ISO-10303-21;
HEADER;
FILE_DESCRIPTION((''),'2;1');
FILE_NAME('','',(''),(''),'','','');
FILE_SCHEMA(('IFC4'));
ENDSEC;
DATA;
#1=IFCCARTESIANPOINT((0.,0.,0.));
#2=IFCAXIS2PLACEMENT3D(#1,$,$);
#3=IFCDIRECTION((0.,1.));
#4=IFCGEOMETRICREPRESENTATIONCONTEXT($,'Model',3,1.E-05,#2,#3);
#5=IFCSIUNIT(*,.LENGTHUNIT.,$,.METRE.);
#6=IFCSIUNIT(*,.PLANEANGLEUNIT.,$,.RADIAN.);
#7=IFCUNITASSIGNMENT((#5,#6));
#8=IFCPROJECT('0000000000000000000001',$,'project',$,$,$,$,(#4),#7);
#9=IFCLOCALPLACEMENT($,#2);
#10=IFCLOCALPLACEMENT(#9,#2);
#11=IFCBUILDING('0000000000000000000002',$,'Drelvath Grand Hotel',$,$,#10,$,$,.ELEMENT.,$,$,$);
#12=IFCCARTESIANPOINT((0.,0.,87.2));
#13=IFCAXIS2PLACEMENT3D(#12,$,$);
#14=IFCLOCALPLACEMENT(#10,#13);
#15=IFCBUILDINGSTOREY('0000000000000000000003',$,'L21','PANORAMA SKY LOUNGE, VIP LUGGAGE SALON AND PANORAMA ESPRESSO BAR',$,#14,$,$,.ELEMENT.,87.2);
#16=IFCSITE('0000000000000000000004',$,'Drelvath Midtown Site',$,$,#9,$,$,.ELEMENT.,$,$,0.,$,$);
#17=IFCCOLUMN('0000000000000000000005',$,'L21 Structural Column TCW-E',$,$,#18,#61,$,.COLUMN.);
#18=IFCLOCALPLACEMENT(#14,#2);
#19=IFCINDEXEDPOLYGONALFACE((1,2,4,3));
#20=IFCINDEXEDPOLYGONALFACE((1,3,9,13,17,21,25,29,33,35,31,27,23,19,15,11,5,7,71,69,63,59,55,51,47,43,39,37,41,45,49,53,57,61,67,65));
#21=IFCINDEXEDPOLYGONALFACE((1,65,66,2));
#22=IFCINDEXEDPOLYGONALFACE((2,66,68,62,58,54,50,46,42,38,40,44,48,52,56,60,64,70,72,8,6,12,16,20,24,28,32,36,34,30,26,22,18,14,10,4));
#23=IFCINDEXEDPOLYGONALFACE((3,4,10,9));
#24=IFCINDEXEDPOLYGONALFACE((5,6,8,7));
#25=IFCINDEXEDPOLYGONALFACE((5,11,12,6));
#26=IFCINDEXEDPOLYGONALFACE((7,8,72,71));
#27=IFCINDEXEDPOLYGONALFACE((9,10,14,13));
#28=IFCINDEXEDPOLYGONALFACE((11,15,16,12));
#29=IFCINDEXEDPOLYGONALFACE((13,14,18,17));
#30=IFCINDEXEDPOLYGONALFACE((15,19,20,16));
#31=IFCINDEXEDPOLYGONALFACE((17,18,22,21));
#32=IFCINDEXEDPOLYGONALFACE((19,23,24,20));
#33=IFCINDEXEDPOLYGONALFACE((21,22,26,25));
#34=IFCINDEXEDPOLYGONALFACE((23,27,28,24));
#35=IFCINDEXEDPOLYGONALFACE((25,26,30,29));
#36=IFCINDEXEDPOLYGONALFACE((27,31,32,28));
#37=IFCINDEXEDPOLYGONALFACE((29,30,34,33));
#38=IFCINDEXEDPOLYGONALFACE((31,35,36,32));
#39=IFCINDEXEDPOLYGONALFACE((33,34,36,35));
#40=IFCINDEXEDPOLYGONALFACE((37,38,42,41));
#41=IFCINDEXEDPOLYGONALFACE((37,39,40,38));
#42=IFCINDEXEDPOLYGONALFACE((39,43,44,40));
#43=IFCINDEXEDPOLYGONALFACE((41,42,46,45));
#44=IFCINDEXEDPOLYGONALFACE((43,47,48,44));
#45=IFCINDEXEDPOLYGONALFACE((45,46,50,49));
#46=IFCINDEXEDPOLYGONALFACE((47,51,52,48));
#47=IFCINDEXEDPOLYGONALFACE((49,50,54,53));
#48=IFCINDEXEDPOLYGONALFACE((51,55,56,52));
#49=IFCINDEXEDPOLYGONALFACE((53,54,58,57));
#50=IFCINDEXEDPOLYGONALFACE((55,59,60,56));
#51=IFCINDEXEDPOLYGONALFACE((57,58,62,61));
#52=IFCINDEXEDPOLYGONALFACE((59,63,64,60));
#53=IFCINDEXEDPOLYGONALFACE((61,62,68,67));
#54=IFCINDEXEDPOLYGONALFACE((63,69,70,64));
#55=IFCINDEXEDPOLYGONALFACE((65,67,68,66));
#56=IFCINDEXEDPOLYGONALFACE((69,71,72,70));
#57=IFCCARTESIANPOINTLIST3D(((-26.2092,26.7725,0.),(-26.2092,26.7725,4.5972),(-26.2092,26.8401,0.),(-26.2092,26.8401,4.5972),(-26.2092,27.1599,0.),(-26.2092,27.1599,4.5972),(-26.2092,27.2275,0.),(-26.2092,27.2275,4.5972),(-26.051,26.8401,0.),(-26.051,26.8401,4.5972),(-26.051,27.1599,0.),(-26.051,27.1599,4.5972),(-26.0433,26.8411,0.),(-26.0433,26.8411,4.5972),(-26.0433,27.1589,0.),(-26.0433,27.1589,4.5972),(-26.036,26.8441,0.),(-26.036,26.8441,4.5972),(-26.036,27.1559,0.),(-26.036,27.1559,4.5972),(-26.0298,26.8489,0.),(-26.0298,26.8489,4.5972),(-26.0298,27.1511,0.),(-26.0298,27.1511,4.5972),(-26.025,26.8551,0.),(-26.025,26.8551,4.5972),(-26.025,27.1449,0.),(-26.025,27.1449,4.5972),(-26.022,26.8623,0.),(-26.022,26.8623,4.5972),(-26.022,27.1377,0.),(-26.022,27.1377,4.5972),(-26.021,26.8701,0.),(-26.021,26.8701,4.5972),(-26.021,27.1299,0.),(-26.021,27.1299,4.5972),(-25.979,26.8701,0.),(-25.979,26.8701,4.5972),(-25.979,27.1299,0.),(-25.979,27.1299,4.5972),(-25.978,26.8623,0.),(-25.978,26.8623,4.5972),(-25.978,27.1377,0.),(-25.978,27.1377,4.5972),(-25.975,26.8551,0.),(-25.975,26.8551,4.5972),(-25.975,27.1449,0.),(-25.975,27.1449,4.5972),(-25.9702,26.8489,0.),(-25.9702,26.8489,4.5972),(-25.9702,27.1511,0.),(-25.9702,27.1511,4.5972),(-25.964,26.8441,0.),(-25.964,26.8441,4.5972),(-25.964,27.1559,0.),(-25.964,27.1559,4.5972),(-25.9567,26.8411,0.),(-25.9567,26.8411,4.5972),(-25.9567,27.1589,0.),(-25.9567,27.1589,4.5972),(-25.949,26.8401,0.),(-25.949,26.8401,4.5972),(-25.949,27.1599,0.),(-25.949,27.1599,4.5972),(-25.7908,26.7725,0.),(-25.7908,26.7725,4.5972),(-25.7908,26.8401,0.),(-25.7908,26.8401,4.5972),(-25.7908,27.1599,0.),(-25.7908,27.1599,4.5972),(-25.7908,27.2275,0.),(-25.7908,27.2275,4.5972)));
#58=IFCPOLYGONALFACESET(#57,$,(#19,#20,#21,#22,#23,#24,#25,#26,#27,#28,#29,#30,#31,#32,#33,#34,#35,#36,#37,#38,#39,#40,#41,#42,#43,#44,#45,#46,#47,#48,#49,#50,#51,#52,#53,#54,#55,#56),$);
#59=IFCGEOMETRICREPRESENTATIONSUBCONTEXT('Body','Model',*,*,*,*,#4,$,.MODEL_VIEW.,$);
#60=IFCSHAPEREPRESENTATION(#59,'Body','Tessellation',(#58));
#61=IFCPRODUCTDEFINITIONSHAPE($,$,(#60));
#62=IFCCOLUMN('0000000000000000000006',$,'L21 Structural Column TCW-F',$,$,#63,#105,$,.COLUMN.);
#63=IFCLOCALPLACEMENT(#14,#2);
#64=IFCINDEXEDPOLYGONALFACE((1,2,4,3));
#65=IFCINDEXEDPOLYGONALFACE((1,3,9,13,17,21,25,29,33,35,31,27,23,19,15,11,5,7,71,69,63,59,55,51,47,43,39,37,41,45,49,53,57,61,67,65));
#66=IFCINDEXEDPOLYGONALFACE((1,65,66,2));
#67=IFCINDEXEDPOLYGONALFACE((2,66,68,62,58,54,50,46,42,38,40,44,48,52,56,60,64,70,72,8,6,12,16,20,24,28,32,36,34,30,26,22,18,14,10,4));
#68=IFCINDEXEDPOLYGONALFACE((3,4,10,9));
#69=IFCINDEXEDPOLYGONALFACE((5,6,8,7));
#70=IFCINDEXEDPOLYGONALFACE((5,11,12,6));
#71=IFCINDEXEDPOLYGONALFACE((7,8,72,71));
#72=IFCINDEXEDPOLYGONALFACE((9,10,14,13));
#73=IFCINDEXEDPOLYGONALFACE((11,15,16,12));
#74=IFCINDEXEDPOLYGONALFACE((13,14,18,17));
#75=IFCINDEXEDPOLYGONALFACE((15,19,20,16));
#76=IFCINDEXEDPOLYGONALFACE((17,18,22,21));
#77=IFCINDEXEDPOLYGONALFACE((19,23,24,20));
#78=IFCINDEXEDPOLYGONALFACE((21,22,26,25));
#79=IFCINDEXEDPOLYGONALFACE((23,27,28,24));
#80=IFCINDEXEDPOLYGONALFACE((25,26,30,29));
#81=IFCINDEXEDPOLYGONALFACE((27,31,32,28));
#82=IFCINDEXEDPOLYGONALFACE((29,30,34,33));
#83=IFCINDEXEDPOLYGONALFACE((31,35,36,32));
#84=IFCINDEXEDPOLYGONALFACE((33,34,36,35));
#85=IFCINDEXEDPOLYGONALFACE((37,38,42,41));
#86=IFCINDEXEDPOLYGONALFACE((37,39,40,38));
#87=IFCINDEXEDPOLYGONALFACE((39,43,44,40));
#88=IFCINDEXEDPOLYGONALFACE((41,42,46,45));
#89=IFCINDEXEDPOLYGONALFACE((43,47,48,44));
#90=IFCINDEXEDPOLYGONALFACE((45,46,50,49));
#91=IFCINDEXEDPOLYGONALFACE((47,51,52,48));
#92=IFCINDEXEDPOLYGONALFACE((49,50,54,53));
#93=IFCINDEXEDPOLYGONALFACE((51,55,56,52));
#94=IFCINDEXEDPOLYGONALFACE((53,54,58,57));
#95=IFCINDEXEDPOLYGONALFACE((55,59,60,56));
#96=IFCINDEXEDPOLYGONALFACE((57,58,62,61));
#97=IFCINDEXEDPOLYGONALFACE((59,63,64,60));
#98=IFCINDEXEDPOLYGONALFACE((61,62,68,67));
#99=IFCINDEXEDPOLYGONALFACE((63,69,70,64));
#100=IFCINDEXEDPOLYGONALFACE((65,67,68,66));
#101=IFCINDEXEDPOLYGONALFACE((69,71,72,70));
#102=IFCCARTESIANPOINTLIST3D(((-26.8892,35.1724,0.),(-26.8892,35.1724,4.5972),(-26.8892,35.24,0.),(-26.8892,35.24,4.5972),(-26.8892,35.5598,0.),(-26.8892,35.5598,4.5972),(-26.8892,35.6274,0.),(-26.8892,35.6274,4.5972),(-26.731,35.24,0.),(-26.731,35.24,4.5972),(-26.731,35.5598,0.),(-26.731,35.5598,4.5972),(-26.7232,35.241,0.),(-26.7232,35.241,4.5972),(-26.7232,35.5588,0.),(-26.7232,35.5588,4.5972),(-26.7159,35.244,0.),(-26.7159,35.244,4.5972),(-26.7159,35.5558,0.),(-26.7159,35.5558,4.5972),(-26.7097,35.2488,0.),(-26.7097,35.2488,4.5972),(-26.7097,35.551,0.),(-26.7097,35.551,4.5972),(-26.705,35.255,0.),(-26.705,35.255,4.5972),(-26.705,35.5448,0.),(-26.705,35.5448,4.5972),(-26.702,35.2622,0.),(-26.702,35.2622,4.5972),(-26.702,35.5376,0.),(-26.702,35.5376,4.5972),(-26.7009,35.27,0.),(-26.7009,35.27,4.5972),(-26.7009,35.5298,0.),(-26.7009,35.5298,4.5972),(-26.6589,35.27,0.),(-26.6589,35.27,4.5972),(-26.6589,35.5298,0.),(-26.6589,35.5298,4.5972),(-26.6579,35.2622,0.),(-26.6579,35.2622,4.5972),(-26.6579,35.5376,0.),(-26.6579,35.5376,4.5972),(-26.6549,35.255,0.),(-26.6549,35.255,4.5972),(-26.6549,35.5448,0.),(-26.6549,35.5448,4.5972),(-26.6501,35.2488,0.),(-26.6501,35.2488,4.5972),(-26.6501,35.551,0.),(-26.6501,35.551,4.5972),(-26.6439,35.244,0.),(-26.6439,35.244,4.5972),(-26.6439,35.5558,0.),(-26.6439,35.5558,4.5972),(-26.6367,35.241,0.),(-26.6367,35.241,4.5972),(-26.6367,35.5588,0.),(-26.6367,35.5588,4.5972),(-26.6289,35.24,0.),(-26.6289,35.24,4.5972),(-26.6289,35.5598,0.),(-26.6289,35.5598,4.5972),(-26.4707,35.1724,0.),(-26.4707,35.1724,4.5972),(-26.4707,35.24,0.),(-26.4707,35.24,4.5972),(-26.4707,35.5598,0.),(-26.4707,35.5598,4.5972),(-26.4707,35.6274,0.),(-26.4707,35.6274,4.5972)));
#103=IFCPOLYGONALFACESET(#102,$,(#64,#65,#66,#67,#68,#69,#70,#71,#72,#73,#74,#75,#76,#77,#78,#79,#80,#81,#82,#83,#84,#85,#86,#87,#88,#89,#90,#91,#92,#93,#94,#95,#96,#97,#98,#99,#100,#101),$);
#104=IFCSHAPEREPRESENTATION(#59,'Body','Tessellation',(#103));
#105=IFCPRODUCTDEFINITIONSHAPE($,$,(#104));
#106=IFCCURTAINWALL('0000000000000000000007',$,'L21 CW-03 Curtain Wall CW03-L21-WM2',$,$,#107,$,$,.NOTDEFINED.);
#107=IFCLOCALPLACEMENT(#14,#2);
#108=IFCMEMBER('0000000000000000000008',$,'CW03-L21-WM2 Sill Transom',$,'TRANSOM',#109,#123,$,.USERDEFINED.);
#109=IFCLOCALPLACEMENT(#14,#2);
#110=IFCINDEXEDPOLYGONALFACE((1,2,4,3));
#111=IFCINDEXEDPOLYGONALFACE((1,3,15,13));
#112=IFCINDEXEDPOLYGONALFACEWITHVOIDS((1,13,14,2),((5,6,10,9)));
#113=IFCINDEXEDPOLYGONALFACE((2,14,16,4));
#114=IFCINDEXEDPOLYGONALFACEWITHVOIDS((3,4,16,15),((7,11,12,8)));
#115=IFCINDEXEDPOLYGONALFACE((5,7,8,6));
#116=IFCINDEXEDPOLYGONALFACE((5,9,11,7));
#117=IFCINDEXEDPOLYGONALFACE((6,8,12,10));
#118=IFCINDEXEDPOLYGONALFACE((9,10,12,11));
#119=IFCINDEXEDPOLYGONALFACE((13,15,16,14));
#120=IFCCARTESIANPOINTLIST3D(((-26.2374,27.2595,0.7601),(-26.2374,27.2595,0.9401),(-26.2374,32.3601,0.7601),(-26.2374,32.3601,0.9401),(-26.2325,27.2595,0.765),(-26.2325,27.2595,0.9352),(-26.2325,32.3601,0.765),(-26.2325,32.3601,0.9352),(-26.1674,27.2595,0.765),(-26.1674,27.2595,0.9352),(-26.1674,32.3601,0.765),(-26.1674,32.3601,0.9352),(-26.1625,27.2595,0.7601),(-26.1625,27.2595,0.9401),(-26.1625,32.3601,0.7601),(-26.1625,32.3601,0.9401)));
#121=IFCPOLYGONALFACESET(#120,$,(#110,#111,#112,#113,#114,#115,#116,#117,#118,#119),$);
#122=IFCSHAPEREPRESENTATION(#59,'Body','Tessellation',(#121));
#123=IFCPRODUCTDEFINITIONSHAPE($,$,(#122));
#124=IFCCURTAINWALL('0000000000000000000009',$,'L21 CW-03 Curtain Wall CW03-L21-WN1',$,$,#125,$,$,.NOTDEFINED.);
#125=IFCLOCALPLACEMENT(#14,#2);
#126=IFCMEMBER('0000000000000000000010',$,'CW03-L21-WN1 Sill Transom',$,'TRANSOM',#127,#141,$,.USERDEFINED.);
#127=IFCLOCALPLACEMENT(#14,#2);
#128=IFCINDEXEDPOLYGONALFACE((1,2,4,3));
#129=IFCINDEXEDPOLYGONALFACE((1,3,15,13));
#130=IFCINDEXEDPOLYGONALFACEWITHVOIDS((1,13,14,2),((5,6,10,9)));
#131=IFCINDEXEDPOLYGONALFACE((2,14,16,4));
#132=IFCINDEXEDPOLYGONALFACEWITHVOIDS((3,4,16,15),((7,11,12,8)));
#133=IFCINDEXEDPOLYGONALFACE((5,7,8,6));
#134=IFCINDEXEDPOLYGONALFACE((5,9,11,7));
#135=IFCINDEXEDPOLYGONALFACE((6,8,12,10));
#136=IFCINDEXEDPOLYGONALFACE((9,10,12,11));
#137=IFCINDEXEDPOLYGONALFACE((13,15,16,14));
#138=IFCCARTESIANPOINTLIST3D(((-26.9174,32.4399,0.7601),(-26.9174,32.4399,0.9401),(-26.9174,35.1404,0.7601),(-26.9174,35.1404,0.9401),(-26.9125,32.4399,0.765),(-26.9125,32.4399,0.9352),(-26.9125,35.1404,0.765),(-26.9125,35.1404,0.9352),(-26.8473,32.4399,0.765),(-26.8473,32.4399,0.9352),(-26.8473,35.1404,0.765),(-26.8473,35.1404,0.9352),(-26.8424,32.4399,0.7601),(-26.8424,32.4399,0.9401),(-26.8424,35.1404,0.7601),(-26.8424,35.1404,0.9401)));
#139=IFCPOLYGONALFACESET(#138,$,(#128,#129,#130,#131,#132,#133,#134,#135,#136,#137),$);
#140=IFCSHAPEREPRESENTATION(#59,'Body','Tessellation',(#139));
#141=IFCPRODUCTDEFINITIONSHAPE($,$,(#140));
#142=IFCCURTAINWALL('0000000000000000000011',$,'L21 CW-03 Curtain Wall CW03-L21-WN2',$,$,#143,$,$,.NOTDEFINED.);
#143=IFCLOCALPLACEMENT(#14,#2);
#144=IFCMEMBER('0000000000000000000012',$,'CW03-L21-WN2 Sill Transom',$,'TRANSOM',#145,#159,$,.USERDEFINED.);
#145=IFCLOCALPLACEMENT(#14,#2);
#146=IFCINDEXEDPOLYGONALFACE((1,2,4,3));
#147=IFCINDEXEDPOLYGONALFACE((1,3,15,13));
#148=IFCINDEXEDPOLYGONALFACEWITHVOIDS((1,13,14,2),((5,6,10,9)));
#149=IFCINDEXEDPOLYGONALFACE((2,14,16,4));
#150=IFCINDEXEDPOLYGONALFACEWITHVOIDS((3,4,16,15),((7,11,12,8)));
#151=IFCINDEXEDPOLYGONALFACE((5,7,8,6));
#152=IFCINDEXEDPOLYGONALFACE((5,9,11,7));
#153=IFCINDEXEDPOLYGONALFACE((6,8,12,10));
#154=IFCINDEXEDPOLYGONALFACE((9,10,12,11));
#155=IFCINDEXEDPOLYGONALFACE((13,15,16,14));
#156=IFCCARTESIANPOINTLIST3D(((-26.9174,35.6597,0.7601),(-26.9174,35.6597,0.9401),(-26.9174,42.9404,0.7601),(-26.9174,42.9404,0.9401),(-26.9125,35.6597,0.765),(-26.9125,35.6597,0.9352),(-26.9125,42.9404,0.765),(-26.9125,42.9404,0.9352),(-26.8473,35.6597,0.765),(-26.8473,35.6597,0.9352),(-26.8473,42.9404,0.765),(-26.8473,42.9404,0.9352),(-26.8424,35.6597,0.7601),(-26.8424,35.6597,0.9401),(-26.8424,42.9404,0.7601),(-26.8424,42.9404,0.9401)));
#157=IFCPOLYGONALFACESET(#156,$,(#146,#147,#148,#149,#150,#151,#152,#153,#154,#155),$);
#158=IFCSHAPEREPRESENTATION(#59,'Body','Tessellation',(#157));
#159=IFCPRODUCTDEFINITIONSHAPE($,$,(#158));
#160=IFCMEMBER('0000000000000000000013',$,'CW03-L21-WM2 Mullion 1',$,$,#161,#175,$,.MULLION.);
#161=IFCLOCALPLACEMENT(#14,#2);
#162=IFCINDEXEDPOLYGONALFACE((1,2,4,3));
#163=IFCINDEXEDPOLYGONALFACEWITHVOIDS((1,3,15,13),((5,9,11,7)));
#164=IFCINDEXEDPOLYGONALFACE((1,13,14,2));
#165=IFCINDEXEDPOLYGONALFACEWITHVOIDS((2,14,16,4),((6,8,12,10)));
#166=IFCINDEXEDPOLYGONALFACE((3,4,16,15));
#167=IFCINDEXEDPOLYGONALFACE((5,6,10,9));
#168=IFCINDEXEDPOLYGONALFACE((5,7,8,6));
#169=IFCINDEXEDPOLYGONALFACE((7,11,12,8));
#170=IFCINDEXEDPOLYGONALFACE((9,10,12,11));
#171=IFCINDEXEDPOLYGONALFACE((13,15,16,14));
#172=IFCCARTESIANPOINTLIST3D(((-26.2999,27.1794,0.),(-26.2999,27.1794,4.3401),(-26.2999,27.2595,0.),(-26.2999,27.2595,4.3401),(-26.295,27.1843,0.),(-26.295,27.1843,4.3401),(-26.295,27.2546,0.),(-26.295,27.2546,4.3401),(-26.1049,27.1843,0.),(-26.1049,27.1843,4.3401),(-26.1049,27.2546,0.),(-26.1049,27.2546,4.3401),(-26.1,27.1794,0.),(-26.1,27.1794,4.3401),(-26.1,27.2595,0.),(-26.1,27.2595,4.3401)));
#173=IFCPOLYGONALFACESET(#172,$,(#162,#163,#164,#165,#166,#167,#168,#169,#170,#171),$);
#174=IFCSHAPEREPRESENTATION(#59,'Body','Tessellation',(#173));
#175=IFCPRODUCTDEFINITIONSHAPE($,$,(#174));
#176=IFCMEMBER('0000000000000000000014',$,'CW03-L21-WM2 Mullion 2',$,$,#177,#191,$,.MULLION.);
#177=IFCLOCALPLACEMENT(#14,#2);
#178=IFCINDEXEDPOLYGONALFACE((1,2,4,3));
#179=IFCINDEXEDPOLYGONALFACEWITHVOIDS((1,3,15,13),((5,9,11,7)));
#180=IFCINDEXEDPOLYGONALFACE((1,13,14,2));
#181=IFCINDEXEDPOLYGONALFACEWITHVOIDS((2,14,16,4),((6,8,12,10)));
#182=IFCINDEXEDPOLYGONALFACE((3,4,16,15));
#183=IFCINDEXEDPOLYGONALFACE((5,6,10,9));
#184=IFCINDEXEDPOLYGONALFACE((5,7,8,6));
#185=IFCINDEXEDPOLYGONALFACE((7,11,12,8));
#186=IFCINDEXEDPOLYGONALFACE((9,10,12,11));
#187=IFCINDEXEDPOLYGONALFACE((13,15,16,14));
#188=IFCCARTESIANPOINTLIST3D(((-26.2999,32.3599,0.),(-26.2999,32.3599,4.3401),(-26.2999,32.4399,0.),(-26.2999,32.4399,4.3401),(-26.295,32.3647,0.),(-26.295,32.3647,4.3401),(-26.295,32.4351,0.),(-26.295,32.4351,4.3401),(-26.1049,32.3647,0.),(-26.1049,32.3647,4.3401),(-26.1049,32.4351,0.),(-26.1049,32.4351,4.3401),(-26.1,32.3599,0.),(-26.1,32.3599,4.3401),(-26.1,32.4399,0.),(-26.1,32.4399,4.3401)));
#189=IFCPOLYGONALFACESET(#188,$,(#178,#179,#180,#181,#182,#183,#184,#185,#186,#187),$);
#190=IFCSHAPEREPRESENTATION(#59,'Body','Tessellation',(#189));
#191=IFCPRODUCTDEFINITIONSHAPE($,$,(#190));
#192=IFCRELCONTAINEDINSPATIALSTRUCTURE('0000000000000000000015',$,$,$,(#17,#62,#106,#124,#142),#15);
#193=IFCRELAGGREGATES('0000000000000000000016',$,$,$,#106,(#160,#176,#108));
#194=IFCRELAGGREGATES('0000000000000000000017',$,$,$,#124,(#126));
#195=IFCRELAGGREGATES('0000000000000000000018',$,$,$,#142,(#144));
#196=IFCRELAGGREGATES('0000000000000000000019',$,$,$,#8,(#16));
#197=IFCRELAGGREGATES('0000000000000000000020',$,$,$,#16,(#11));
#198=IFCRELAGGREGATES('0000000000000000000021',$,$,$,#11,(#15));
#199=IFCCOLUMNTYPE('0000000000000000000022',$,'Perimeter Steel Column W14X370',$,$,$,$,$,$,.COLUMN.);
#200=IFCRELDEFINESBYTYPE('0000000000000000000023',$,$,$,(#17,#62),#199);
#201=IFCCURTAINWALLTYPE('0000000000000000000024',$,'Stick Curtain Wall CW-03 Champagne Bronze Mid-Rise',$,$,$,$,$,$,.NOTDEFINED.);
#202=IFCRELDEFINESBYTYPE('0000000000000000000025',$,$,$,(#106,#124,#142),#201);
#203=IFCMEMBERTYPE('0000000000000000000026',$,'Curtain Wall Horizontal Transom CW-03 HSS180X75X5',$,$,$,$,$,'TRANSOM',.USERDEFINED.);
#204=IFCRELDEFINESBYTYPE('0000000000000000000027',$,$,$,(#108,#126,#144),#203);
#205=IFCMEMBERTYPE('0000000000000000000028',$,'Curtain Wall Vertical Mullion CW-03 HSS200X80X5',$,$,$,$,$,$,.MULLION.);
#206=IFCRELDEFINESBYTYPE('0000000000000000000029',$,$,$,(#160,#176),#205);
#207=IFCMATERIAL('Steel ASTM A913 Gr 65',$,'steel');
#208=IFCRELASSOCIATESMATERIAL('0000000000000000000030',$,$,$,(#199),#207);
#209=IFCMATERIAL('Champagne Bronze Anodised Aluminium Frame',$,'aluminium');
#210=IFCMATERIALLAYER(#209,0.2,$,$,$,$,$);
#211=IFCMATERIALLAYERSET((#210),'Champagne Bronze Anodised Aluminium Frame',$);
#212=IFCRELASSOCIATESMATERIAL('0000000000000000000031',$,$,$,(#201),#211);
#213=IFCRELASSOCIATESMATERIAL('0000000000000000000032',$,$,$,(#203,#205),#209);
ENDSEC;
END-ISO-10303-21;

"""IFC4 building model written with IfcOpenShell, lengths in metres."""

from ifc_helpers import new_model, si_unit, direction, frame, origin, origin_2d, place, context, subcontext, project, spatial, hollow_rectangle, i_section, extrude, material, layer, layer_set, material_profile, profile_set, type_object, element, aggregate, save


model = new_model("IFC4")

# Units and contexts
model_context = context("Model", 3, precision=1e-05, world=origin(), true_north=direction((0.0, 1.0)))
body_context = subcontext(model_context, "Body", "Model", "MODEL_VIEW")
ifc_project = project(units=[si_unit("LENGTHUNIT", "METRE"), si_unit("PLANEANGLEUNIT", "RADIAN")], contexts=[model_context])

# Site, building, storey
site_placement = place(None, origin())
site = spatial("IfcSite", under=ifc_project, at=site_placement, Name="Drelvath Midtown Site", CompositionType="ELEMENT", RefElevation=0.0)
building_placement = place(site_placement, origin())
building = spatial("IfcBuilding", under=site, at=building_placement, Name="Drelvath Grand Hotel", CompositionType="ELEMENT")
storey_placement = place(building_placement, frame((0.0, 0.0, 87.2)))
storey = spatial("IfcBuildingStorey", under=building, at=storey_placement, Name="L21", Description="PANORAMA SKY LOUNGE, VIP LUGGAGE SALON AND PANORAMA ESPRESSO BAR", CompositionType="ELEMENT", Elevation=87.2)

# Columns
ifc_material_1 = material(Name="Steel ASTM A913 Gr 65", Category="steel")
ifc_material_profile_1 = material_profile(ifc_material_1, i_section(OverallWidth=0.4185, OverallDepth=0.4551, WebThickness=0.042, FlangeThickness=0.0676, FilletRadius=0.03, at=origin_2d()), Name="W14X370")
ifc_profile_set_1 = profile_set([ifc_material_profile_1], Name="Steel ASTM A913 Gr 65")
column_type = type_object("IfcColumnType", Name="Perimeter Steel Column W14X370", PredefinedType="COLUMN", material=ifc_profile_set_1)
for number, where, z_axis, x_axis, name in (
    (1, (-26.0, 27.0, 0.0), (0.0, 0.0, 1.0), (1.0, 0.0, 0.0), "L21 Structural Column TCW-E"),
    (2, (-26.6799, 35.3999, 0.0), (0.0, 0.0, 1.0), (1.0, 0.0, 0.0), "L21 Structural Column TCW-F"),
):
    element("IfcColumn", number, at=place(storey_placement, frame(where, z_axis=z_axis, x_axis=x_axis)), inside=storey, type_object=column_type, Name=name, PredefinedType="COLUMN", context=body_context, shape_type="SweptSolid", body=[
        extrude(i_section(OverallWidth=0.4185, OverallDepth=0.4551, WebThickness=0.042, FlangeThickness=0.0676, FilletRadius=0.03, at=origin_2d()), origin(), (0.0, 0.0, 1.0), 4.5972),
    ])

# Curtain walls, members
ifc_material_2 = material(Name="Champagne Bronze Anodised Aluminium Frame", Category="aluminium")
ifc_layer_1 = layer(ifc_material_2, 0.2)
ifc_layer_set_1 = layer_set([ifc_layer_1], Name="Champagne Bronze Anodised Aluminium Frame")
curtain_wall_type = type_object("IfcCurtainWallType", Name="Stick Curtain Wall CW-03 Champagne Bronze Mid-Rise", PredefinedType="NOTDEFINED", material=ifc_layer_set_1)
curtain_wall_1_placement = place(storey_placement, origin())
curtain_wall_1 = element("IfcCurtainWall", 3, at=curtain_wall_1_placement, inside=storey, type_object=curtain_wall_type, Name="L21 CW-03 Curtain Wall CW03-L21-WM2", PredefinedType="NOTDEFINED")
ifc_material_profile_2 = material_profile(ifc_material_2, hollow_rectangle(XDim=0.075, YDim=0.1799, WallThickness=0.0049, at=origin_2d()), Name="HSS180X75X5")
ifc_profile_set_2 = profile_set([ifc_material_profile_2], Name="Champagne Bronze Anodised Aluminium Frame")
member_type_1 = type_object("IfcMemberType", Name="Curtain Wall Horizontal Transom CW-03 HSS180X75X5", ElementType="TRANSOM", PredefinedType="USERDEFINED", material=ifc_profile_set_2)
member_1_placement = place(storey_placement, frame((-26.2, 27.2595, 0.8501), z_axis=(0.0, 1.0, 0.0), x_axis=(-1.0, 0.0, 0.0)))
member_1 = element("IfcMember", 4, at=member_1_placement, type_object=member_type_1, Name="CW03-L21-WM2 Sill Transom", ObjectType="TRANSOM", PredefinedType="USERDEFINED", context=body_context, shape_type="SweptSolid", body=[
    extrude(hollow_rectangle(XDim=0.075, YDim=0.1799, WallThickness=0.0049, at=origin_2d()), origin(), (0.0, 0.0, 1.0), 5.1006),
])
curtain_wall_2_placement = place(storey_placement, origin())
curtain_wall_2 = element("IfcCurtainWall", 5, at=curtain_wall_2_placement, inside=storey, type_object=curtain_wall_type, Name="L21 CW-03 Curtain Wall CW03-L21-WN1", PredefinedType="NOTDEFINED")
member_2_placement = place(storey_placement, frame((-26.8799, 32.4399, 0.8501), z_axis=(0.0, 1.0, 0.0), x_axis=(-1.0, 0.0, 0.0)))
member_2 = element("IfcMember", 6, at=member_2_placement, type_object=member_type_1, Name="CW03-L21-WN1 Sill Transom", ObjectType="TRANSOM", PredefinedType="USERDEFINED", context=body_context, shape_type="SweptSolid", body=[
    extrude(hollow_rectangle(XDim=0.075, YDim=0.1799, WallThickness=0.0049, at=origin_2d()), origin(), (0.0, 0.0, 1.0), 2.7004),
])
curtain_wall_3_placement = place(storey_placement, origin())
curtain_wall_3 = element("IfcCurtainWall", 7, at=curtain_wall_3_placement, inside=storey, type_object=curtain_wall_type, Name="L21 CW-03 Curtain Wall CW03-L21-WN2", PredefinedType="NOTDEFINED")
member_3_placement = place(storey_placement, frame((-26.8799, 35.6597, 0.8501), z_axis=(0.0, 1.0, 0.0), x_axis=(-1.0, 0.0, 0.0)))
member_3 = element("IfcMember", 8, at=member_3_placement, type_object=member_type_1, Name="CW03-L21-WN2 Sill Transom", ObjectType="TRANSOM", PredefinedType="USERDEFINED", context=body_context, shape_type="SweptSolid", body=[
    extrude(hollow_rectangle(XDim=0.075, YDim=0.1799, WallThickness=0.0049, at=origin_2d()), origin(), (0.0, 0.0, 1.0), 7.2808),
])

# Members
ifc_material_profile_3 = material_profile(ifc_material_2, hollow_rectangle(XDim=0.0801, YDim=0.2, WallThickness=0.0049, at=origin_2d()), Name="HSS200X80X5")
ifc_profile_set_3 = profile_set([ifc_material_profile_3], Name="Champagne Bronze Anodised Aluminium Frame")
member_type_2 = type_object("IfcMemberType", Name="Curtain Wall Vertical Mullion CW-03 HSS200X80X5", PredefinedType="MULLION", material=ifc_profile_set_3)
member_4_placement = place(storey_placement, frame((-26.2, 27.2195, 0.0), z_axis=(0.0, 0.0, 1.0), x_axis=(0.0, 1.0, 0.0)))
member_4 = element("IfcMember", 9, at=member_4_placement, type_object=member_type_2, Name="CW03-L21-WM2 Mullion 1", PredefinedType="MULLION", context=body_context, shape_type="SweptSolid", body=[
    extrude(hollow_rectangle(XDim=0.0801, YDim=0.2, WallThickness=0.0049, at=origin_2d()), origin(), (0.0, 0.0, 1.0), 4.3401),
])
member_5_placement = place(storey_placement, frame((-26.2, 32.3999, 0.0), z_axis=(0.0, 0.0, 1.0), x_axis=(0.0, 1.0, 0.0)))
member_5 = element("IfcMember", 10, at=member_5_placement, type_object=member_type_2, Name="CW03-L21-WM2 Mullion 2", PredefinedType="MULLION", context=body_context, shape_type="SweptSolid", body=[
    extrude(hollow_rectangle(XDim=0.0801, YDim=0.2, WallThickness=0.0049, at=origin_2d()), origin(), (0.0, 0.0, 1.0), 4.3401),
])

aggregate(curtain_wall_1, [member_4, member_5, member_1])
aggregate(curtain_wall_2, [member_2])
aggregate(curtain_wall_3, [member_3])

save(model, "model.ifc")
